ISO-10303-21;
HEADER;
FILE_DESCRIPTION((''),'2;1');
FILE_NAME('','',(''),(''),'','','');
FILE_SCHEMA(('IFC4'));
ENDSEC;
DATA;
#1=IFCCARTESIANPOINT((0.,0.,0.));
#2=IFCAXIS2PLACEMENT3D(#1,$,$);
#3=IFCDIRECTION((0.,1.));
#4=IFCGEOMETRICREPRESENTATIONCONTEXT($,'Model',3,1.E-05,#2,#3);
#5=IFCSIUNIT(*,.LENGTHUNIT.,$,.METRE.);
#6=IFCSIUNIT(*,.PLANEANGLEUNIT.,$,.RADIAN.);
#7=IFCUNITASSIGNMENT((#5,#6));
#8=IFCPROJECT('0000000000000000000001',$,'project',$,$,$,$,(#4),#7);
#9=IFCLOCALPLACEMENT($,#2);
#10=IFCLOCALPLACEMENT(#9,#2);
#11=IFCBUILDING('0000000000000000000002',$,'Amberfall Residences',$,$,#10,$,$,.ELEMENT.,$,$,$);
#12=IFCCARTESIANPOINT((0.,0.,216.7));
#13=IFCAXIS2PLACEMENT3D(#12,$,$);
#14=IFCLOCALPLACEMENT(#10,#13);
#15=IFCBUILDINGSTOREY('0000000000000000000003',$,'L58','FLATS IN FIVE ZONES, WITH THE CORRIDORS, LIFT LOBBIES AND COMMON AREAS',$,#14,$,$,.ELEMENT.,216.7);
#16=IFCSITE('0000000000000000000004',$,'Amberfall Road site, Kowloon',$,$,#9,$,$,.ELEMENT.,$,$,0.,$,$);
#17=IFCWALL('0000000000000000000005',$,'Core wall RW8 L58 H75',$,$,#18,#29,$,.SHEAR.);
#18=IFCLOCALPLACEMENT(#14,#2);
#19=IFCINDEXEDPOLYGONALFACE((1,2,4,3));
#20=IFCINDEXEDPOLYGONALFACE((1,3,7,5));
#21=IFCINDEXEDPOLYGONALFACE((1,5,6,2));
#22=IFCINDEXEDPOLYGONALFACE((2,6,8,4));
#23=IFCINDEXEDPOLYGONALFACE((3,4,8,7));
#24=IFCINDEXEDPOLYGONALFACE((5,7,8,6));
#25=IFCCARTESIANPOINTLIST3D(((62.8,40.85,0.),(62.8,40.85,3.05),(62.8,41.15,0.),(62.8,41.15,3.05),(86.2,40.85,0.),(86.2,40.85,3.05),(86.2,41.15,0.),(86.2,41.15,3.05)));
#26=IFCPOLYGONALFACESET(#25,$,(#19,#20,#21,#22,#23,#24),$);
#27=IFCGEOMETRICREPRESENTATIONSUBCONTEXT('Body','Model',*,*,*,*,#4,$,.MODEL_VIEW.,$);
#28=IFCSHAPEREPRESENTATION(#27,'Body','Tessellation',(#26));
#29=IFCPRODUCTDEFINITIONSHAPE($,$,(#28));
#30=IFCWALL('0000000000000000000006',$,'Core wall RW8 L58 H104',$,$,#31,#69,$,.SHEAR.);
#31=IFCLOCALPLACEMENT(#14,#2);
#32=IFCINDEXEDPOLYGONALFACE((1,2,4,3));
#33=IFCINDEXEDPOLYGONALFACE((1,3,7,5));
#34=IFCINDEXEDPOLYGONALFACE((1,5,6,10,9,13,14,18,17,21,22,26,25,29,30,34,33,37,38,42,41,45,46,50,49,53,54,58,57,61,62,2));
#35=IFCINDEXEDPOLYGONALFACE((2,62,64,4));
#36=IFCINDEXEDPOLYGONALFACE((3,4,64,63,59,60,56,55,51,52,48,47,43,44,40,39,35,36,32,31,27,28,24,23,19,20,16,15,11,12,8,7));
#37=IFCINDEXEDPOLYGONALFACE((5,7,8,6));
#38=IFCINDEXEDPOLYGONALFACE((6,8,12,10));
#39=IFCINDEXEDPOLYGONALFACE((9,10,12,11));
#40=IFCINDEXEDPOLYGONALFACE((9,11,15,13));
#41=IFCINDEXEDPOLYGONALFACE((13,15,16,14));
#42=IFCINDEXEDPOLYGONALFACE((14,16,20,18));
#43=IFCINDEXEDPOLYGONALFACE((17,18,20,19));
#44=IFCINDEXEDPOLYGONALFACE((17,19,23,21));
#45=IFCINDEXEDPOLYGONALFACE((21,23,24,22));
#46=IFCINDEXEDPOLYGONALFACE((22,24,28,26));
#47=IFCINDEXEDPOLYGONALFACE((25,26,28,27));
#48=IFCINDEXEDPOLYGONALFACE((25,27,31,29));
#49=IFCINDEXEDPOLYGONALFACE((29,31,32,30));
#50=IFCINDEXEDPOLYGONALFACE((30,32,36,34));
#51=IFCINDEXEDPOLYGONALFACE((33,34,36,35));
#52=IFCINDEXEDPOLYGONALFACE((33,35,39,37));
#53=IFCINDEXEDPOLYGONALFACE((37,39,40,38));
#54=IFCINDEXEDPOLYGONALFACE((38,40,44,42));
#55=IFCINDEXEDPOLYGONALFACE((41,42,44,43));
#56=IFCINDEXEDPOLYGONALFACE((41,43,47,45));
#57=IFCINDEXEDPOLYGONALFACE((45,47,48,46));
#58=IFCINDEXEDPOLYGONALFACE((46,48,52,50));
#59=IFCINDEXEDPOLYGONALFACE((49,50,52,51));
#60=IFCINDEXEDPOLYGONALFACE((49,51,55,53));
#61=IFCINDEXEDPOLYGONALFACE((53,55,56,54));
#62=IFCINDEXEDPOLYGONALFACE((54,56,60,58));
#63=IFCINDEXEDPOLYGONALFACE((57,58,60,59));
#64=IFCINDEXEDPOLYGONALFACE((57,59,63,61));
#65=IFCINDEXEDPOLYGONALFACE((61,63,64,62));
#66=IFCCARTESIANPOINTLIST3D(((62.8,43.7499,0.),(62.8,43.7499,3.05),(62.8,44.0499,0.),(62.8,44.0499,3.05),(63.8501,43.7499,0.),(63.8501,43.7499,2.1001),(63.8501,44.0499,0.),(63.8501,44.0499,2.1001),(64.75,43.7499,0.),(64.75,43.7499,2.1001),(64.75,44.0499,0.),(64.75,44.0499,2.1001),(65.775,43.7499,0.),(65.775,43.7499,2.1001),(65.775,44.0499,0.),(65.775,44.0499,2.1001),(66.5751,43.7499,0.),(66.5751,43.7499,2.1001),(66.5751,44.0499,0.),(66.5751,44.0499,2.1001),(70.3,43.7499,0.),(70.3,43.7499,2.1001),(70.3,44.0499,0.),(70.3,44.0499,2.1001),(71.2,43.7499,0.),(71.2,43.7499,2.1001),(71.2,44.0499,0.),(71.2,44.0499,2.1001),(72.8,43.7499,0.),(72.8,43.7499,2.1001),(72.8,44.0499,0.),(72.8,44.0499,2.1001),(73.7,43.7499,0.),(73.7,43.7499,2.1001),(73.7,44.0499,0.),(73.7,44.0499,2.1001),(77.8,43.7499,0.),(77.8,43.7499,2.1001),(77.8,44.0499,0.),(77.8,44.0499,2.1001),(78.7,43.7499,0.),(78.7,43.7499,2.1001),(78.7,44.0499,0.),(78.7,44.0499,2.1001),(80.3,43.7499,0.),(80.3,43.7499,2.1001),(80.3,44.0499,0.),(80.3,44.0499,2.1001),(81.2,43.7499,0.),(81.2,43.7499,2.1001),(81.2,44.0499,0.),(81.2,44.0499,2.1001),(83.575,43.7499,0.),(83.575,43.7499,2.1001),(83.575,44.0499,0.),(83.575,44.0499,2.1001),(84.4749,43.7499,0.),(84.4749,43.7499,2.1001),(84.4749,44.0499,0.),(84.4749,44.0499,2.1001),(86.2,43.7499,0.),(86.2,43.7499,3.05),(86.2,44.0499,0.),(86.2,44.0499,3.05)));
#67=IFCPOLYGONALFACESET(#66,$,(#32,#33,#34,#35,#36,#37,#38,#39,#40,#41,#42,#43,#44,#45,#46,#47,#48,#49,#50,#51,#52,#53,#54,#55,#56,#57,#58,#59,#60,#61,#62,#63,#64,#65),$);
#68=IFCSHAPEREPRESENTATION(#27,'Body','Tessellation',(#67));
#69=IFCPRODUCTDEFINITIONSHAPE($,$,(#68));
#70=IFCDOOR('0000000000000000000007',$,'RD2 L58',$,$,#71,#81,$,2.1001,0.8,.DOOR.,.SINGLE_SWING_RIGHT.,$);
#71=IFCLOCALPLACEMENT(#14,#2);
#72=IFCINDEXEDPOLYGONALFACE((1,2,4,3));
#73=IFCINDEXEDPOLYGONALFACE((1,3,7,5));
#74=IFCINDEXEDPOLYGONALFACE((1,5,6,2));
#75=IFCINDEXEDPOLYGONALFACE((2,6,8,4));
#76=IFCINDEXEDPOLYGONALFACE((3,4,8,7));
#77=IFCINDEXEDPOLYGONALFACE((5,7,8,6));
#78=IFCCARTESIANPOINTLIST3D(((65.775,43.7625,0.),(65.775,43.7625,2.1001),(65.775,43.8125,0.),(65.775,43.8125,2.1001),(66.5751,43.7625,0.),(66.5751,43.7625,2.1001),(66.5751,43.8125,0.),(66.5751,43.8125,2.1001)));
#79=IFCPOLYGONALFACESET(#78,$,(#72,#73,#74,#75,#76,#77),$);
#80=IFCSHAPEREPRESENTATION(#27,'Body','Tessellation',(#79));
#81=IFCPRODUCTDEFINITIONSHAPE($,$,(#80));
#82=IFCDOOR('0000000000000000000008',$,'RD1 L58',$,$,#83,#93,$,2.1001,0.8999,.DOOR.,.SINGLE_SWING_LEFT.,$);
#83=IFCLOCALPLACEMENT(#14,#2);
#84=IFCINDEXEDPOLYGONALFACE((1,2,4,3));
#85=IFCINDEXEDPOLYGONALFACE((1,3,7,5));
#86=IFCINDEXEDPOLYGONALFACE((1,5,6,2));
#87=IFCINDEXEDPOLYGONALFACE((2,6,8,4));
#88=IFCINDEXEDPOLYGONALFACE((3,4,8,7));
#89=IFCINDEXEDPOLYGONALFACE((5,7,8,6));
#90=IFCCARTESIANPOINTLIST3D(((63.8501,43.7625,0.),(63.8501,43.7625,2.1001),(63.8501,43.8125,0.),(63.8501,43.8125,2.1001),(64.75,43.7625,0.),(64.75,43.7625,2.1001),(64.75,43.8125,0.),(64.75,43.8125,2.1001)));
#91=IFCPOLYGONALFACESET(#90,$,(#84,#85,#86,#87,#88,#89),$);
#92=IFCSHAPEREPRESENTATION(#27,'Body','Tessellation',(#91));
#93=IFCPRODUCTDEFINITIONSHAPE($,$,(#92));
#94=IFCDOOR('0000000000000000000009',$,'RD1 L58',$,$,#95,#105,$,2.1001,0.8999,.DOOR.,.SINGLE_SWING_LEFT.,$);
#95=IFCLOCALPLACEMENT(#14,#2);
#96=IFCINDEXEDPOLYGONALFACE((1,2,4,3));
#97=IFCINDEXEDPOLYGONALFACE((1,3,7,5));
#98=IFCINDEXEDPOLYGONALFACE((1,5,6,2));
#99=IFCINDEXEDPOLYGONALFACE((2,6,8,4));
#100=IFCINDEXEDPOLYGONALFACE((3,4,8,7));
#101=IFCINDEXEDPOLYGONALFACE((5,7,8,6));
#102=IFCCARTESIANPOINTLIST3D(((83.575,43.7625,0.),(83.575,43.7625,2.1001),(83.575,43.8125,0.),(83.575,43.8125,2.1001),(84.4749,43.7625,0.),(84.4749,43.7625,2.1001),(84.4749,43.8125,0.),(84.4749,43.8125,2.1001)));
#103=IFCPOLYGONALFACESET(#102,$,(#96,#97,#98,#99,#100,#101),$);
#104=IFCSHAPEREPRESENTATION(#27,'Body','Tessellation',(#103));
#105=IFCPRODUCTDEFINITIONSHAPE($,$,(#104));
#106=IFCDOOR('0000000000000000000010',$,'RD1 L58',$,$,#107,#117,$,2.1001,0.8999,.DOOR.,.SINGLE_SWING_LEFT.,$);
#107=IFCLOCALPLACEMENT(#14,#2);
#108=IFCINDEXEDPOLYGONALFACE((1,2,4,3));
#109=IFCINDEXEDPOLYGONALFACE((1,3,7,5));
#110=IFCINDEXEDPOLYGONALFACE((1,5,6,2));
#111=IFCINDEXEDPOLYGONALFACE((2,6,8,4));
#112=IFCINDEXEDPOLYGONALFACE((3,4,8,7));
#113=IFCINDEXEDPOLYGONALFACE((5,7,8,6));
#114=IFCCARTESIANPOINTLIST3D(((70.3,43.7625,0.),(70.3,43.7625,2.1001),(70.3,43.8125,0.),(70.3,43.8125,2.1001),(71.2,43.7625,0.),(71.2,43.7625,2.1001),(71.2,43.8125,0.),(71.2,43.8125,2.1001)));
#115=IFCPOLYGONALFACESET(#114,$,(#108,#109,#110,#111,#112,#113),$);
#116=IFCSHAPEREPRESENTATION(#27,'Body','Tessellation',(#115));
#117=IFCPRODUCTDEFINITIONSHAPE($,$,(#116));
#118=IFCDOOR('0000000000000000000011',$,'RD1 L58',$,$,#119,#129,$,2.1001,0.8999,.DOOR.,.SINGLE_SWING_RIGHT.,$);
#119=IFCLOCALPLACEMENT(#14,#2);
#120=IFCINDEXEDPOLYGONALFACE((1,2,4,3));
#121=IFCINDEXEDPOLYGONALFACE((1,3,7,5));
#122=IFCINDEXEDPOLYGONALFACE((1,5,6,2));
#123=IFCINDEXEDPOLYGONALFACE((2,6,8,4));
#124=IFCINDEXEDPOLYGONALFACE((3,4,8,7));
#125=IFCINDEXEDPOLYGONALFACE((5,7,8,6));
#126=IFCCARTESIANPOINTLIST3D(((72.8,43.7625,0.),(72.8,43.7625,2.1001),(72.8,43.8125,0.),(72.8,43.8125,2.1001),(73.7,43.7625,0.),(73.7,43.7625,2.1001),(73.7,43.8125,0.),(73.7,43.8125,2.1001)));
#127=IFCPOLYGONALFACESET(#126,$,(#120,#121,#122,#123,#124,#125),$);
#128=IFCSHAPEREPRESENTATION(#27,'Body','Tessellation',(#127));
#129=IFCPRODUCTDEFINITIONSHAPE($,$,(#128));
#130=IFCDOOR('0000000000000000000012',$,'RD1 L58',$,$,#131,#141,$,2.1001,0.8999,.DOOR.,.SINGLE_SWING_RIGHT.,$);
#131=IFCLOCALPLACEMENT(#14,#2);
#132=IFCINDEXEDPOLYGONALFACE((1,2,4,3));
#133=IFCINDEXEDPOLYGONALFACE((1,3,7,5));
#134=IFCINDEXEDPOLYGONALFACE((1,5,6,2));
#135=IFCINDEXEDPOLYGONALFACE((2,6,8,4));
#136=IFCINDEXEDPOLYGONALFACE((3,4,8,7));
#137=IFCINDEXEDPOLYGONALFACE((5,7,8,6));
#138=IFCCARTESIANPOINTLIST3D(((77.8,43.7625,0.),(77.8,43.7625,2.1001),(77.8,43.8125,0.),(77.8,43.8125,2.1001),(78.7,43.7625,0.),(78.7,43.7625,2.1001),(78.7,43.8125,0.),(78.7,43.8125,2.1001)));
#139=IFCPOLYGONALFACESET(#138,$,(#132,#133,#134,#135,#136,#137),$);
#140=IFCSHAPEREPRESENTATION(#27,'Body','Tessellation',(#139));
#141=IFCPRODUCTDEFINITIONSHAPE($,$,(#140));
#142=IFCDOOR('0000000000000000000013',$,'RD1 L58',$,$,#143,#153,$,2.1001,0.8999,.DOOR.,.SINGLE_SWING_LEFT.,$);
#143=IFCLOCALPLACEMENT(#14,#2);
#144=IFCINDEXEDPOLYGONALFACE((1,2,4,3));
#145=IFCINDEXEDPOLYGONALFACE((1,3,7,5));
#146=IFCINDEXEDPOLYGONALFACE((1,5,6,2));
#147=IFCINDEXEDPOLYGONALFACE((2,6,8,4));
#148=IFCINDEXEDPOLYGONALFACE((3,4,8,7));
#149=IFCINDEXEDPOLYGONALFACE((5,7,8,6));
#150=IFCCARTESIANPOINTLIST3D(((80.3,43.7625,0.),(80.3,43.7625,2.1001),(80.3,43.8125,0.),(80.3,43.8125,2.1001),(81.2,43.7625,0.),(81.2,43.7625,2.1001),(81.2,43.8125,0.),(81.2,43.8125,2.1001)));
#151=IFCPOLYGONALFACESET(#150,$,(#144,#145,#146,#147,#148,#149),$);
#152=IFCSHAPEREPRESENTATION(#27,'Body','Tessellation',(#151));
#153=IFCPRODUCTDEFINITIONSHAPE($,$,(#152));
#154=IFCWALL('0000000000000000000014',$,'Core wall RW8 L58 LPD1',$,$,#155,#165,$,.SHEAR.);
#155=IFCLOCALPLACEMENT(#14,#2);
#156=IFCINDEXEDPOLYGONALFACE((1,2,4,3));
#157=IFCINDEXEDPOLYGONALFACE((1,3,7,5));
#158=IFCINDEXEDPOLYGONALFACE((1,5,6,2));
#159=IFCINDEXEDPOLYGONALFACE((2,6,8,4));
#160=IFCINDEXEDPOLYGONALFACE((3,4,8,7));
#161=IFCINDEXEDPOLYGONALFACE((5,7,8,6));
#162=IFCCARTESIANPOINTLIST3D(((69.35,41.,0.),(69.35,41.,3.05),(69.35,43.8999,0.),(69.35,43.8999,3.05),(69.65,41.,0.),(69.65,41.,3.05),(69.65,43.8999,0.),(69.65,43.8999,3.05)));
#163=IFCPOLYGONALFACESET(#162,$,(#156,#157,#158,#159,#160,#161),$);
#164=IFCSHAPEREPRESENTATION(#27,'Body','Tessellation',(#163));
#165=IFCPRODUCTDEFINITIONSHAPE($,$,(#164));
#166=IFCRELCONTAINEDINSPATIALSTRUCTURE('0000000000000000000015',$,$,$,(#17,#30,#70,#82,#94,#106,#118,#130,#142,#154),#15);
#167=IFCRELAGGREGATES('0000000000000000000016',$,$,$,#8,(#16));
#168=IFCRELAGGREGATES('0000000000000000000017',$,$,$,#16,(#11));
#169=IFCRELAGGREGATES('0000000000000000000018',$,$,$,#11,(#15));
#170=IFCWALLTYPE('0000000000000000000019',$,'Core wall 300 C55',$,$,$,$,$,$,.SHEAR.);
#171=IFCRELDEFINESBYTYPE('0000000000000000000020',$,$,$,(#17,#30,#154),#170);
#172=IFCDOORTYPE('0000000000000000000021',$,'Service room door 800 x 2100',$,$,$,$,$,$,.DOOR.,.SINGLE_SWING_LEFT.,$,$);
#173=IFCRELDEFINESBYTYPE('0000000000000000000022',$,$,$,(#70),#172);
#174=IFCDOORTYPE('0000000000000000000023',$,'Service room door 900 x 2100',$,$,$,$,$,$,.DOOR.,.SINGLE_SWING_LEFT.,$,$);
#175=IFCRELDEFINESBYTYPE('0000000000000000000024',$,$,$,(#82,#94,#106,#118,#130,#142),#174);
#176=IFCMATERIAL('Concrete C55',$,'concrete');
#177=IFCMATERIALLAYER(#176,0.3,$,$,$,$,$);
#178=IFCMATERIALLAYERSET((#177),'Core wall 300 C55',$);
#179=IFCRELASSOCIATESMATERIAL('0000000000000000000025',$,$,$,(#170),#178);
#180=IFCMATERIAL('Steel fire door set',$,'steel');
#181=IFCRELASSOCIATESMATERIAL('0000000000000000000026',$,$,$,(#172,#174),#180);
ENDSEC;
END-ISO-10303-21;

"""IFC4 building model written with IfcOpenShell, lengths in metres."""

from ifc_helpers import new_model, si_unit, direction, frame, frame_2d, origin, place, context, subcontext, project, spatial, rectangle, extrude, material, layer, layer_set, type_object, element, fill, save


model = new_model("IFC4")

# Units and contexts
model_context = context("Model", 3, precision=1e-05, world=origin(), true_north=direction((0.0, 1.0)))
body_context = subcontext(model_context, "Body", "Model", "MODEL_VIEW")
ifc_project = project(units=[si_unit("LENGTHUNIT", "METRE"), si_unit("PLANEANGLEUNIT", "RADIAN")], contexts=[model_context])

# Site, building, storey
site_placement = place(None, origin())
site = spatial("IfcSite", under=ifc_project, at=site_placement, Name="Amberfall Road site, Kowloon", CompositionType="ELEMENT", RefElevation=0.0)
building_placement = place(site_placement, origin())
building = spatial("IfcBuilding", under=site, at=building_placement, Name="Amberfall Residences", CompositionType="ELEMENT")
storey_placement = place(building_placement, frame((0.0, 0.0, 216.7)))
storey = spatial("IfcBuildingStorey", under=building, at=storey_placement, Name="L58", Description="FLATS IN FIVE ZONES, WITH THE CORRIDORS, LIFT LOBBIES AND COMMON AREAS", CompositionType="ELEMENT", Elevation=216.7)

# Wall
ifc_material_1 = material(Name="Concrete C55", Category="concrete")
ifc_layer_1 = layer(ifc_material_1, 0.3)
ifc_layer_set_1 = layer_set([ifc_layer_1], Name="Core wall 300 C55")
wall_type_1 = type_object("IfcWallType", Name="Core wall 300 C55", PredefinedType="SHEAR", material=ifc_layer_set_1)
wall_1_placement = place(storey_placement, frame((62.8, 41.0, 0.0), z_axis=(0.0, 0.0, 1.0), x_axis=(1.0, 0.0, 0.0)))
element("IfcWall", 1, at=wall_1_placement, inside=storey, type_object=wall_type_1, Name="Core wall RW8 L58 H75", PredefinedType="SHEAR", context=body_context, shape_type="SweptSolid", body=[
    extrude(rectangle(XDim=23.3999, YDim=0.3, at=frame_2d((11.7, 0.0))), origin(), (0.0, 0.0, 1.0), 3.05),
])

# Wall, openings, doors
wall_2_placement = place(storey_placement, frame((62.8, 43.8999, 0.0), z_axis=(0.0, 0.0, 1.0), x_axis=(1.0, 0.0, 0.0)))
wall_2 = element("IfcWall", 2, at=wall_2_placement, inside=storey, type_object=wall_type_1, Name="Core wall RW8 L58 H104", PredefinedType="SHEAR", context=body_context, shape_type="SweptSolid", body=[
    extrude(rectangle(XDim=23.3999, YDim=0.3, at=frame_2d((11.7, 0.0))), origin(), (0.0, 0.0, 1.0), 3.05),
])
opening_1_placement = place(wall_2_placement, frame((1.05, 0.0, 0.0)))
opening_1 = element("IfcOpeningElement", 3, at=opening_1_placement, cuts=wall_2, PredefinedType="OPENING", context=body_context, shape_type="SweptSolid", body=[
    extrude(rectangle(XDim=0.8999, YDim=2.1001, at=frame_2d((0.45, 1.05))), frame((0.0, 0.1599, 0.0), z_axis=(0.0, -1.0, 0.0), x_axis=(1.0, 0.0, 0.0)), (0.0, 0.0, 1.0), 0.3201),
])
opening_2_placement = place(wall_2_placement, frame((2.9751, 0.0, 0.0)))
opening_2 = element("IfcOpeningElement", 4, at=opening_2_placement, cuts=wall_2, PredefinedType="OPENING", context=body_context, shape_type="SweptSolid", body=[
    extrude(rectangle(XDim=0.8, YDim=2.1001, at=frame_2d((0.3999, 1.05))), frame((0.0, 0.1599, 0.0), z_axis=(0.0, -1.0, 0.0), x_axis=(1.0, 0.0, 0.0)), (0.0, 0.0, 1.0), 0.3201),
])
opening_3_placement = place(wall_2_placement, frame((20.7749, 0.0, 0.0)))
opening_3 = element("IfcOpeningElement", 5, at=opening_3_placement, cuts=wall_2, PredefinedType="OPENING", context=body_context, shape_type="SweptSolid", body=[
    extrude(rectangle(XDim=0.8999, YDim=2.1001, at=frame_2d((0.45, 1.05))), frame((0.0, 0.1599, 0.0), z_axis=(0.0, -1.0, 0.0), x_axis=(1.0, 0.0, 0.0)), (0.0, 0.0, 1.0), 0.3201),
])
opening_4_placement = place(wall_2_placement, frame((7.5, 0.0, 0.0)))
opening_4 = element("IfcOpeningElement", 6, at=opening_4_placement, cuts=wall_2, PredefinedType="OPENING", context=body_context, shape_type="SweptSolid", body=[
    extrude(rectangle(XDim=0.8999, YDim=2.1001, at=frame_2d((0.45, 1.05))), frame((0.0, 0.1599, 0.0), z_axis=(0.0, -1.0, 0.0), x_axis=(1.0, 0.0, 0.0)), (0.0, 0.0, 1.0), 0.3201),
])
opening_5_placement = place(wall_2_placement, frame((10.0, 0.0, 0.0)))
opening_5 = element("IfcOpeningElement", 7, at=opening_5_placement, cuts=wall_2, PredefinedType="OPENING", context=body_context, shape_type="SweptSolid", body=[
    extrude(rectangle(XDim=0.8999, YDim=2.1001, at=frame_2d((0.45, 1.05))), frame((0.0, 0.1599, 0.0), z_axis=(0.0, -1.0, 0.0), x_axis=(1.0, 0.0, 0.0)), (0.0, 0.0, 1.0), 0.3201),
])
opening_6_placement = place(wall_2_placement, frame((15.0, 0.0, 0.0)))
opening_6 = element("IfcOpeningElement", 8, at=opening_6_placement, cuts=wall_2, PredefinedType="OPENING", context=body_context, shape_type="SweptSolid", body=[
    extrude(rectangle(XDim=0.8999, YDim=2.1001, at=frame_2d((0.45, 1.05))), frame((0.0, 0.1599, 0.0), z_axis=(0.0, -1.0, 0.0), x_axis=(1.0, 0.0, 0.0)), (0.0, 0.0, 1.0), 0.3201),
])
opening_7_placement = place(wall_2_placement, frame((17.5, 0.0, 0.0)))
opening_7 = element("IfcOpeningElement", 9, at=opening_7_placement, cuts=wall_2, PredefinedType="OPENING", context=body_context, shape_type="SweptSolid", body=[
    extrude(rectangle(XDim=0.8999, YDim=2.1001, at=frame_2d((0.45, 1.05))), frame((0.0, 0.1599, 0.0), z_axis=(0.0, -1.0, 0.0), x_axis=(1.0, 0.0, 0.0)), (0.0, 0.0, 1.0), 0.3201),
])
ifc_material_2 = material(Name="Steel fire door set", Category="steel")
door_type_1 = type_object("IfcDoorType", Name="Service room door 800 x 2100", OperationType="SINGLE_SWING_LEFT", PredefinedType="DOOR", material=ifc_material_2)
door_1_placement = place(opening_2_placement, origin())
door_1 = element("IfcDoor", 10, at=door_1_placement, inside=storey, type_object=door_type_1, Name="RD2 L58", OperationType="SINGLE_SWING_RIGHT", OverallHeight=2.1001, OverallWidth=0.8, PredefinedType="DOOR", context=body_context, shape_type="SweptSolid", body=[
    extrude(rectangle(XDim=0.8, YDim=2.1001, at=frame_2d((0.3999, 1.05))), frame((0.0, -0.0874, 0.0), z_axis=(0.0, -1.0, 0.0), x_axis=(1.0, 0.0, 0.0)), (0.0, 0.0, 1.0), 0.05),
])
fill(opening_2, door_1)
door_type_2 = type_object("IfcDoorType", Name="Service room door 900 x 2100", OperationType="SINGLE_SWING_LEFT", PredefinedType="DOOR", material=ifc_material_2)
door_2_placement = place(opening_1_placement, origin())
door_2 = element("IfcDoor", 11, at=door_2_placement, inside=storey, type_object=door_type_2, Name="RD1 L58", OperationType="SINGLE_SWING_LEFT", OverallHeight=2.1001, OverallWidth=0.8999, PredefinedType="DOOR", context=body_context, shape_type="SweptSolid", body=[
    extrude(rectangle(XDim=0.8999, YDim=2.1001, at=frame_2d((0.45, 1.05))), frame((0.0, -0.0874, 0.0), z_axis=(0.0, -1.0, 0.0), x_axis=(1.0, 0.0, 0.0)), (0.0, 0.0, 1.0), 0.05),
])
fill(opening_1, door_2)
door_3_placement = place(opening_3_placement, origin())
door_3 = element("IfcDoor", 12, at=door_3_placement, inside=storey, type_object=door_type_2, Name="RD1 L58", OperationType="SINGLE_SWING_LEFT", OverallHeight=2.1001, OverallWidth=0.8999, PredefinedType="DOOR", context=body_context, shape_type="SweptSolid", body=[
    extrude(rectangle(XDim=0.8999, YDim=2.1001, at=frame_2d((0.45, 1.05))), frame((0.0, -0.0874, 0.0), z_axis=(0.0, -1.0, 0.0), x_axis=(1.0, 0.0, 0.0)), (0.0, 0.0, 1.0), 0.05),
])
fill(opening_3, door_3)
door_4_placement = place(opening_4_placement, origin())
door_4 = element("IfcDoor", 13, at=door_4_placement, inside=storey, type_object=door_type_2, Name="RD1 L58", OperationType="SINGLE_SWING_LEFT", OverallHeight=2.1001, OverallWidth=0.8999, PredefinedType="DOOR", context=body_context, shape_type="SweptSolid", body=[
    extrude(rectangle(XDim=0.8999, YDim=2.1001, at=frame_2d((0.45, 1.05))), frame((0.0, -0.0874, 0.0), z_axis=(0.0, -1.0, 0.0), x_axis=(1.0, 0.0, 0.0)), (0.0, 0.0, 1.0), 0.05),
])
fill(opening_4, door_4)
door_5_placement = place(opening_5_placement, origin())
door_5 = element("IfcDoor", 14, at=door_5_placement, inside=storey, type_object=door_type_2, Name="RD1 L58", OperationType="SINGLE_SWING_RIGHT", OverallHeight=2.1001, OverallWidth=0.8999, PredefinedType="DOOR", context=body_context, shape_type="SweptSolid", body=[
    extrude(rectangle(XDim=0.8999, YDim=2.1001, at=frame_2d((0.45, 1.05))), frame((0.0, -0.0874, 0.0), z_axis=(0.0, -1.0, 0.0), x_axis=(1.0, 0.0, 0.0)), (0.0, 0.0, 1.0), 0.05),
])
fill(opening_5, door_5)
door_6_placement = place(opening_6_placement, origin())
door_6 = element("IfcDoor", 15, at=door_6_placement, inside=storey, type_object=door_type_2, Name="RD1 L58", OperationType="SINGLE_SWING_RIGHT", OverallHeight=2.1001, OverallWidth=0.8999, PredefinedType="DOOR", context=body_context, shape_type="SweptSolid", body=[
    extrude(rectangle(XDim=0.8999, YDim=2.1001, at=frame_2d((0.45, 1.05))), frame((0.0, -0.0874, 0.0), z_axis=(0.0, -1.0, 0.0), x_axis=(1.0, 0.0, 0.0)), (0.0, 0.0, 1.0), 0.05),
])
fill(opening_6, door_6)
door_7_placement = place(opening_7_placement, origin())
door_7 = element("IfcDoor", 16, at=door_7_placement, inside=storey, type_object=door_type_2, Name="RD1 L58", OperationType="SINGLE_SWING_LEFT", OverallHeight=2.1001, OverallWidth=0.8999, PredefinedType="DOOR", context=body_context, shape_type="SweptSolid", body=[
    extrude(rectangle(XDim=0.8999, YDim=2.1001, at=frame_2d((0.45, 1.05))), frame((0.0, -0.0874, 0.0), z_axis=(0.0, -1.0, 0.0), x_axis=(1.0, 0.0, 0.0)), (0.0, 0.0, 1.0), 0.05),
])
fill(opening_7, door_7)

# Wall
for number, where, z_axis, x_axis, name in (
    (17, (69.5, 41.0, 0.0), (0.0, 0.0, 1.0), (0.0, 1.0, 0.0), "Core wall RW8 L58 LPD1"),
):
    element("IfcWall", number, at=place(storey_placement, frame(where, z_axis=z_axis, x_axis=x_axis)), inside=storey, type_object=wall_type_1, Name=name, PredefinedType="SHEAR", context=body_context, shape_type="SweptSolid", body=[
        extrude(rectangle(XDim=2.8999, YDim=0.3, at=frame_2d((1.45, 0.0))), origin(), (0.0, 0.0, 1.0), 3.05),
    ])

save(model, "model.ifc")
